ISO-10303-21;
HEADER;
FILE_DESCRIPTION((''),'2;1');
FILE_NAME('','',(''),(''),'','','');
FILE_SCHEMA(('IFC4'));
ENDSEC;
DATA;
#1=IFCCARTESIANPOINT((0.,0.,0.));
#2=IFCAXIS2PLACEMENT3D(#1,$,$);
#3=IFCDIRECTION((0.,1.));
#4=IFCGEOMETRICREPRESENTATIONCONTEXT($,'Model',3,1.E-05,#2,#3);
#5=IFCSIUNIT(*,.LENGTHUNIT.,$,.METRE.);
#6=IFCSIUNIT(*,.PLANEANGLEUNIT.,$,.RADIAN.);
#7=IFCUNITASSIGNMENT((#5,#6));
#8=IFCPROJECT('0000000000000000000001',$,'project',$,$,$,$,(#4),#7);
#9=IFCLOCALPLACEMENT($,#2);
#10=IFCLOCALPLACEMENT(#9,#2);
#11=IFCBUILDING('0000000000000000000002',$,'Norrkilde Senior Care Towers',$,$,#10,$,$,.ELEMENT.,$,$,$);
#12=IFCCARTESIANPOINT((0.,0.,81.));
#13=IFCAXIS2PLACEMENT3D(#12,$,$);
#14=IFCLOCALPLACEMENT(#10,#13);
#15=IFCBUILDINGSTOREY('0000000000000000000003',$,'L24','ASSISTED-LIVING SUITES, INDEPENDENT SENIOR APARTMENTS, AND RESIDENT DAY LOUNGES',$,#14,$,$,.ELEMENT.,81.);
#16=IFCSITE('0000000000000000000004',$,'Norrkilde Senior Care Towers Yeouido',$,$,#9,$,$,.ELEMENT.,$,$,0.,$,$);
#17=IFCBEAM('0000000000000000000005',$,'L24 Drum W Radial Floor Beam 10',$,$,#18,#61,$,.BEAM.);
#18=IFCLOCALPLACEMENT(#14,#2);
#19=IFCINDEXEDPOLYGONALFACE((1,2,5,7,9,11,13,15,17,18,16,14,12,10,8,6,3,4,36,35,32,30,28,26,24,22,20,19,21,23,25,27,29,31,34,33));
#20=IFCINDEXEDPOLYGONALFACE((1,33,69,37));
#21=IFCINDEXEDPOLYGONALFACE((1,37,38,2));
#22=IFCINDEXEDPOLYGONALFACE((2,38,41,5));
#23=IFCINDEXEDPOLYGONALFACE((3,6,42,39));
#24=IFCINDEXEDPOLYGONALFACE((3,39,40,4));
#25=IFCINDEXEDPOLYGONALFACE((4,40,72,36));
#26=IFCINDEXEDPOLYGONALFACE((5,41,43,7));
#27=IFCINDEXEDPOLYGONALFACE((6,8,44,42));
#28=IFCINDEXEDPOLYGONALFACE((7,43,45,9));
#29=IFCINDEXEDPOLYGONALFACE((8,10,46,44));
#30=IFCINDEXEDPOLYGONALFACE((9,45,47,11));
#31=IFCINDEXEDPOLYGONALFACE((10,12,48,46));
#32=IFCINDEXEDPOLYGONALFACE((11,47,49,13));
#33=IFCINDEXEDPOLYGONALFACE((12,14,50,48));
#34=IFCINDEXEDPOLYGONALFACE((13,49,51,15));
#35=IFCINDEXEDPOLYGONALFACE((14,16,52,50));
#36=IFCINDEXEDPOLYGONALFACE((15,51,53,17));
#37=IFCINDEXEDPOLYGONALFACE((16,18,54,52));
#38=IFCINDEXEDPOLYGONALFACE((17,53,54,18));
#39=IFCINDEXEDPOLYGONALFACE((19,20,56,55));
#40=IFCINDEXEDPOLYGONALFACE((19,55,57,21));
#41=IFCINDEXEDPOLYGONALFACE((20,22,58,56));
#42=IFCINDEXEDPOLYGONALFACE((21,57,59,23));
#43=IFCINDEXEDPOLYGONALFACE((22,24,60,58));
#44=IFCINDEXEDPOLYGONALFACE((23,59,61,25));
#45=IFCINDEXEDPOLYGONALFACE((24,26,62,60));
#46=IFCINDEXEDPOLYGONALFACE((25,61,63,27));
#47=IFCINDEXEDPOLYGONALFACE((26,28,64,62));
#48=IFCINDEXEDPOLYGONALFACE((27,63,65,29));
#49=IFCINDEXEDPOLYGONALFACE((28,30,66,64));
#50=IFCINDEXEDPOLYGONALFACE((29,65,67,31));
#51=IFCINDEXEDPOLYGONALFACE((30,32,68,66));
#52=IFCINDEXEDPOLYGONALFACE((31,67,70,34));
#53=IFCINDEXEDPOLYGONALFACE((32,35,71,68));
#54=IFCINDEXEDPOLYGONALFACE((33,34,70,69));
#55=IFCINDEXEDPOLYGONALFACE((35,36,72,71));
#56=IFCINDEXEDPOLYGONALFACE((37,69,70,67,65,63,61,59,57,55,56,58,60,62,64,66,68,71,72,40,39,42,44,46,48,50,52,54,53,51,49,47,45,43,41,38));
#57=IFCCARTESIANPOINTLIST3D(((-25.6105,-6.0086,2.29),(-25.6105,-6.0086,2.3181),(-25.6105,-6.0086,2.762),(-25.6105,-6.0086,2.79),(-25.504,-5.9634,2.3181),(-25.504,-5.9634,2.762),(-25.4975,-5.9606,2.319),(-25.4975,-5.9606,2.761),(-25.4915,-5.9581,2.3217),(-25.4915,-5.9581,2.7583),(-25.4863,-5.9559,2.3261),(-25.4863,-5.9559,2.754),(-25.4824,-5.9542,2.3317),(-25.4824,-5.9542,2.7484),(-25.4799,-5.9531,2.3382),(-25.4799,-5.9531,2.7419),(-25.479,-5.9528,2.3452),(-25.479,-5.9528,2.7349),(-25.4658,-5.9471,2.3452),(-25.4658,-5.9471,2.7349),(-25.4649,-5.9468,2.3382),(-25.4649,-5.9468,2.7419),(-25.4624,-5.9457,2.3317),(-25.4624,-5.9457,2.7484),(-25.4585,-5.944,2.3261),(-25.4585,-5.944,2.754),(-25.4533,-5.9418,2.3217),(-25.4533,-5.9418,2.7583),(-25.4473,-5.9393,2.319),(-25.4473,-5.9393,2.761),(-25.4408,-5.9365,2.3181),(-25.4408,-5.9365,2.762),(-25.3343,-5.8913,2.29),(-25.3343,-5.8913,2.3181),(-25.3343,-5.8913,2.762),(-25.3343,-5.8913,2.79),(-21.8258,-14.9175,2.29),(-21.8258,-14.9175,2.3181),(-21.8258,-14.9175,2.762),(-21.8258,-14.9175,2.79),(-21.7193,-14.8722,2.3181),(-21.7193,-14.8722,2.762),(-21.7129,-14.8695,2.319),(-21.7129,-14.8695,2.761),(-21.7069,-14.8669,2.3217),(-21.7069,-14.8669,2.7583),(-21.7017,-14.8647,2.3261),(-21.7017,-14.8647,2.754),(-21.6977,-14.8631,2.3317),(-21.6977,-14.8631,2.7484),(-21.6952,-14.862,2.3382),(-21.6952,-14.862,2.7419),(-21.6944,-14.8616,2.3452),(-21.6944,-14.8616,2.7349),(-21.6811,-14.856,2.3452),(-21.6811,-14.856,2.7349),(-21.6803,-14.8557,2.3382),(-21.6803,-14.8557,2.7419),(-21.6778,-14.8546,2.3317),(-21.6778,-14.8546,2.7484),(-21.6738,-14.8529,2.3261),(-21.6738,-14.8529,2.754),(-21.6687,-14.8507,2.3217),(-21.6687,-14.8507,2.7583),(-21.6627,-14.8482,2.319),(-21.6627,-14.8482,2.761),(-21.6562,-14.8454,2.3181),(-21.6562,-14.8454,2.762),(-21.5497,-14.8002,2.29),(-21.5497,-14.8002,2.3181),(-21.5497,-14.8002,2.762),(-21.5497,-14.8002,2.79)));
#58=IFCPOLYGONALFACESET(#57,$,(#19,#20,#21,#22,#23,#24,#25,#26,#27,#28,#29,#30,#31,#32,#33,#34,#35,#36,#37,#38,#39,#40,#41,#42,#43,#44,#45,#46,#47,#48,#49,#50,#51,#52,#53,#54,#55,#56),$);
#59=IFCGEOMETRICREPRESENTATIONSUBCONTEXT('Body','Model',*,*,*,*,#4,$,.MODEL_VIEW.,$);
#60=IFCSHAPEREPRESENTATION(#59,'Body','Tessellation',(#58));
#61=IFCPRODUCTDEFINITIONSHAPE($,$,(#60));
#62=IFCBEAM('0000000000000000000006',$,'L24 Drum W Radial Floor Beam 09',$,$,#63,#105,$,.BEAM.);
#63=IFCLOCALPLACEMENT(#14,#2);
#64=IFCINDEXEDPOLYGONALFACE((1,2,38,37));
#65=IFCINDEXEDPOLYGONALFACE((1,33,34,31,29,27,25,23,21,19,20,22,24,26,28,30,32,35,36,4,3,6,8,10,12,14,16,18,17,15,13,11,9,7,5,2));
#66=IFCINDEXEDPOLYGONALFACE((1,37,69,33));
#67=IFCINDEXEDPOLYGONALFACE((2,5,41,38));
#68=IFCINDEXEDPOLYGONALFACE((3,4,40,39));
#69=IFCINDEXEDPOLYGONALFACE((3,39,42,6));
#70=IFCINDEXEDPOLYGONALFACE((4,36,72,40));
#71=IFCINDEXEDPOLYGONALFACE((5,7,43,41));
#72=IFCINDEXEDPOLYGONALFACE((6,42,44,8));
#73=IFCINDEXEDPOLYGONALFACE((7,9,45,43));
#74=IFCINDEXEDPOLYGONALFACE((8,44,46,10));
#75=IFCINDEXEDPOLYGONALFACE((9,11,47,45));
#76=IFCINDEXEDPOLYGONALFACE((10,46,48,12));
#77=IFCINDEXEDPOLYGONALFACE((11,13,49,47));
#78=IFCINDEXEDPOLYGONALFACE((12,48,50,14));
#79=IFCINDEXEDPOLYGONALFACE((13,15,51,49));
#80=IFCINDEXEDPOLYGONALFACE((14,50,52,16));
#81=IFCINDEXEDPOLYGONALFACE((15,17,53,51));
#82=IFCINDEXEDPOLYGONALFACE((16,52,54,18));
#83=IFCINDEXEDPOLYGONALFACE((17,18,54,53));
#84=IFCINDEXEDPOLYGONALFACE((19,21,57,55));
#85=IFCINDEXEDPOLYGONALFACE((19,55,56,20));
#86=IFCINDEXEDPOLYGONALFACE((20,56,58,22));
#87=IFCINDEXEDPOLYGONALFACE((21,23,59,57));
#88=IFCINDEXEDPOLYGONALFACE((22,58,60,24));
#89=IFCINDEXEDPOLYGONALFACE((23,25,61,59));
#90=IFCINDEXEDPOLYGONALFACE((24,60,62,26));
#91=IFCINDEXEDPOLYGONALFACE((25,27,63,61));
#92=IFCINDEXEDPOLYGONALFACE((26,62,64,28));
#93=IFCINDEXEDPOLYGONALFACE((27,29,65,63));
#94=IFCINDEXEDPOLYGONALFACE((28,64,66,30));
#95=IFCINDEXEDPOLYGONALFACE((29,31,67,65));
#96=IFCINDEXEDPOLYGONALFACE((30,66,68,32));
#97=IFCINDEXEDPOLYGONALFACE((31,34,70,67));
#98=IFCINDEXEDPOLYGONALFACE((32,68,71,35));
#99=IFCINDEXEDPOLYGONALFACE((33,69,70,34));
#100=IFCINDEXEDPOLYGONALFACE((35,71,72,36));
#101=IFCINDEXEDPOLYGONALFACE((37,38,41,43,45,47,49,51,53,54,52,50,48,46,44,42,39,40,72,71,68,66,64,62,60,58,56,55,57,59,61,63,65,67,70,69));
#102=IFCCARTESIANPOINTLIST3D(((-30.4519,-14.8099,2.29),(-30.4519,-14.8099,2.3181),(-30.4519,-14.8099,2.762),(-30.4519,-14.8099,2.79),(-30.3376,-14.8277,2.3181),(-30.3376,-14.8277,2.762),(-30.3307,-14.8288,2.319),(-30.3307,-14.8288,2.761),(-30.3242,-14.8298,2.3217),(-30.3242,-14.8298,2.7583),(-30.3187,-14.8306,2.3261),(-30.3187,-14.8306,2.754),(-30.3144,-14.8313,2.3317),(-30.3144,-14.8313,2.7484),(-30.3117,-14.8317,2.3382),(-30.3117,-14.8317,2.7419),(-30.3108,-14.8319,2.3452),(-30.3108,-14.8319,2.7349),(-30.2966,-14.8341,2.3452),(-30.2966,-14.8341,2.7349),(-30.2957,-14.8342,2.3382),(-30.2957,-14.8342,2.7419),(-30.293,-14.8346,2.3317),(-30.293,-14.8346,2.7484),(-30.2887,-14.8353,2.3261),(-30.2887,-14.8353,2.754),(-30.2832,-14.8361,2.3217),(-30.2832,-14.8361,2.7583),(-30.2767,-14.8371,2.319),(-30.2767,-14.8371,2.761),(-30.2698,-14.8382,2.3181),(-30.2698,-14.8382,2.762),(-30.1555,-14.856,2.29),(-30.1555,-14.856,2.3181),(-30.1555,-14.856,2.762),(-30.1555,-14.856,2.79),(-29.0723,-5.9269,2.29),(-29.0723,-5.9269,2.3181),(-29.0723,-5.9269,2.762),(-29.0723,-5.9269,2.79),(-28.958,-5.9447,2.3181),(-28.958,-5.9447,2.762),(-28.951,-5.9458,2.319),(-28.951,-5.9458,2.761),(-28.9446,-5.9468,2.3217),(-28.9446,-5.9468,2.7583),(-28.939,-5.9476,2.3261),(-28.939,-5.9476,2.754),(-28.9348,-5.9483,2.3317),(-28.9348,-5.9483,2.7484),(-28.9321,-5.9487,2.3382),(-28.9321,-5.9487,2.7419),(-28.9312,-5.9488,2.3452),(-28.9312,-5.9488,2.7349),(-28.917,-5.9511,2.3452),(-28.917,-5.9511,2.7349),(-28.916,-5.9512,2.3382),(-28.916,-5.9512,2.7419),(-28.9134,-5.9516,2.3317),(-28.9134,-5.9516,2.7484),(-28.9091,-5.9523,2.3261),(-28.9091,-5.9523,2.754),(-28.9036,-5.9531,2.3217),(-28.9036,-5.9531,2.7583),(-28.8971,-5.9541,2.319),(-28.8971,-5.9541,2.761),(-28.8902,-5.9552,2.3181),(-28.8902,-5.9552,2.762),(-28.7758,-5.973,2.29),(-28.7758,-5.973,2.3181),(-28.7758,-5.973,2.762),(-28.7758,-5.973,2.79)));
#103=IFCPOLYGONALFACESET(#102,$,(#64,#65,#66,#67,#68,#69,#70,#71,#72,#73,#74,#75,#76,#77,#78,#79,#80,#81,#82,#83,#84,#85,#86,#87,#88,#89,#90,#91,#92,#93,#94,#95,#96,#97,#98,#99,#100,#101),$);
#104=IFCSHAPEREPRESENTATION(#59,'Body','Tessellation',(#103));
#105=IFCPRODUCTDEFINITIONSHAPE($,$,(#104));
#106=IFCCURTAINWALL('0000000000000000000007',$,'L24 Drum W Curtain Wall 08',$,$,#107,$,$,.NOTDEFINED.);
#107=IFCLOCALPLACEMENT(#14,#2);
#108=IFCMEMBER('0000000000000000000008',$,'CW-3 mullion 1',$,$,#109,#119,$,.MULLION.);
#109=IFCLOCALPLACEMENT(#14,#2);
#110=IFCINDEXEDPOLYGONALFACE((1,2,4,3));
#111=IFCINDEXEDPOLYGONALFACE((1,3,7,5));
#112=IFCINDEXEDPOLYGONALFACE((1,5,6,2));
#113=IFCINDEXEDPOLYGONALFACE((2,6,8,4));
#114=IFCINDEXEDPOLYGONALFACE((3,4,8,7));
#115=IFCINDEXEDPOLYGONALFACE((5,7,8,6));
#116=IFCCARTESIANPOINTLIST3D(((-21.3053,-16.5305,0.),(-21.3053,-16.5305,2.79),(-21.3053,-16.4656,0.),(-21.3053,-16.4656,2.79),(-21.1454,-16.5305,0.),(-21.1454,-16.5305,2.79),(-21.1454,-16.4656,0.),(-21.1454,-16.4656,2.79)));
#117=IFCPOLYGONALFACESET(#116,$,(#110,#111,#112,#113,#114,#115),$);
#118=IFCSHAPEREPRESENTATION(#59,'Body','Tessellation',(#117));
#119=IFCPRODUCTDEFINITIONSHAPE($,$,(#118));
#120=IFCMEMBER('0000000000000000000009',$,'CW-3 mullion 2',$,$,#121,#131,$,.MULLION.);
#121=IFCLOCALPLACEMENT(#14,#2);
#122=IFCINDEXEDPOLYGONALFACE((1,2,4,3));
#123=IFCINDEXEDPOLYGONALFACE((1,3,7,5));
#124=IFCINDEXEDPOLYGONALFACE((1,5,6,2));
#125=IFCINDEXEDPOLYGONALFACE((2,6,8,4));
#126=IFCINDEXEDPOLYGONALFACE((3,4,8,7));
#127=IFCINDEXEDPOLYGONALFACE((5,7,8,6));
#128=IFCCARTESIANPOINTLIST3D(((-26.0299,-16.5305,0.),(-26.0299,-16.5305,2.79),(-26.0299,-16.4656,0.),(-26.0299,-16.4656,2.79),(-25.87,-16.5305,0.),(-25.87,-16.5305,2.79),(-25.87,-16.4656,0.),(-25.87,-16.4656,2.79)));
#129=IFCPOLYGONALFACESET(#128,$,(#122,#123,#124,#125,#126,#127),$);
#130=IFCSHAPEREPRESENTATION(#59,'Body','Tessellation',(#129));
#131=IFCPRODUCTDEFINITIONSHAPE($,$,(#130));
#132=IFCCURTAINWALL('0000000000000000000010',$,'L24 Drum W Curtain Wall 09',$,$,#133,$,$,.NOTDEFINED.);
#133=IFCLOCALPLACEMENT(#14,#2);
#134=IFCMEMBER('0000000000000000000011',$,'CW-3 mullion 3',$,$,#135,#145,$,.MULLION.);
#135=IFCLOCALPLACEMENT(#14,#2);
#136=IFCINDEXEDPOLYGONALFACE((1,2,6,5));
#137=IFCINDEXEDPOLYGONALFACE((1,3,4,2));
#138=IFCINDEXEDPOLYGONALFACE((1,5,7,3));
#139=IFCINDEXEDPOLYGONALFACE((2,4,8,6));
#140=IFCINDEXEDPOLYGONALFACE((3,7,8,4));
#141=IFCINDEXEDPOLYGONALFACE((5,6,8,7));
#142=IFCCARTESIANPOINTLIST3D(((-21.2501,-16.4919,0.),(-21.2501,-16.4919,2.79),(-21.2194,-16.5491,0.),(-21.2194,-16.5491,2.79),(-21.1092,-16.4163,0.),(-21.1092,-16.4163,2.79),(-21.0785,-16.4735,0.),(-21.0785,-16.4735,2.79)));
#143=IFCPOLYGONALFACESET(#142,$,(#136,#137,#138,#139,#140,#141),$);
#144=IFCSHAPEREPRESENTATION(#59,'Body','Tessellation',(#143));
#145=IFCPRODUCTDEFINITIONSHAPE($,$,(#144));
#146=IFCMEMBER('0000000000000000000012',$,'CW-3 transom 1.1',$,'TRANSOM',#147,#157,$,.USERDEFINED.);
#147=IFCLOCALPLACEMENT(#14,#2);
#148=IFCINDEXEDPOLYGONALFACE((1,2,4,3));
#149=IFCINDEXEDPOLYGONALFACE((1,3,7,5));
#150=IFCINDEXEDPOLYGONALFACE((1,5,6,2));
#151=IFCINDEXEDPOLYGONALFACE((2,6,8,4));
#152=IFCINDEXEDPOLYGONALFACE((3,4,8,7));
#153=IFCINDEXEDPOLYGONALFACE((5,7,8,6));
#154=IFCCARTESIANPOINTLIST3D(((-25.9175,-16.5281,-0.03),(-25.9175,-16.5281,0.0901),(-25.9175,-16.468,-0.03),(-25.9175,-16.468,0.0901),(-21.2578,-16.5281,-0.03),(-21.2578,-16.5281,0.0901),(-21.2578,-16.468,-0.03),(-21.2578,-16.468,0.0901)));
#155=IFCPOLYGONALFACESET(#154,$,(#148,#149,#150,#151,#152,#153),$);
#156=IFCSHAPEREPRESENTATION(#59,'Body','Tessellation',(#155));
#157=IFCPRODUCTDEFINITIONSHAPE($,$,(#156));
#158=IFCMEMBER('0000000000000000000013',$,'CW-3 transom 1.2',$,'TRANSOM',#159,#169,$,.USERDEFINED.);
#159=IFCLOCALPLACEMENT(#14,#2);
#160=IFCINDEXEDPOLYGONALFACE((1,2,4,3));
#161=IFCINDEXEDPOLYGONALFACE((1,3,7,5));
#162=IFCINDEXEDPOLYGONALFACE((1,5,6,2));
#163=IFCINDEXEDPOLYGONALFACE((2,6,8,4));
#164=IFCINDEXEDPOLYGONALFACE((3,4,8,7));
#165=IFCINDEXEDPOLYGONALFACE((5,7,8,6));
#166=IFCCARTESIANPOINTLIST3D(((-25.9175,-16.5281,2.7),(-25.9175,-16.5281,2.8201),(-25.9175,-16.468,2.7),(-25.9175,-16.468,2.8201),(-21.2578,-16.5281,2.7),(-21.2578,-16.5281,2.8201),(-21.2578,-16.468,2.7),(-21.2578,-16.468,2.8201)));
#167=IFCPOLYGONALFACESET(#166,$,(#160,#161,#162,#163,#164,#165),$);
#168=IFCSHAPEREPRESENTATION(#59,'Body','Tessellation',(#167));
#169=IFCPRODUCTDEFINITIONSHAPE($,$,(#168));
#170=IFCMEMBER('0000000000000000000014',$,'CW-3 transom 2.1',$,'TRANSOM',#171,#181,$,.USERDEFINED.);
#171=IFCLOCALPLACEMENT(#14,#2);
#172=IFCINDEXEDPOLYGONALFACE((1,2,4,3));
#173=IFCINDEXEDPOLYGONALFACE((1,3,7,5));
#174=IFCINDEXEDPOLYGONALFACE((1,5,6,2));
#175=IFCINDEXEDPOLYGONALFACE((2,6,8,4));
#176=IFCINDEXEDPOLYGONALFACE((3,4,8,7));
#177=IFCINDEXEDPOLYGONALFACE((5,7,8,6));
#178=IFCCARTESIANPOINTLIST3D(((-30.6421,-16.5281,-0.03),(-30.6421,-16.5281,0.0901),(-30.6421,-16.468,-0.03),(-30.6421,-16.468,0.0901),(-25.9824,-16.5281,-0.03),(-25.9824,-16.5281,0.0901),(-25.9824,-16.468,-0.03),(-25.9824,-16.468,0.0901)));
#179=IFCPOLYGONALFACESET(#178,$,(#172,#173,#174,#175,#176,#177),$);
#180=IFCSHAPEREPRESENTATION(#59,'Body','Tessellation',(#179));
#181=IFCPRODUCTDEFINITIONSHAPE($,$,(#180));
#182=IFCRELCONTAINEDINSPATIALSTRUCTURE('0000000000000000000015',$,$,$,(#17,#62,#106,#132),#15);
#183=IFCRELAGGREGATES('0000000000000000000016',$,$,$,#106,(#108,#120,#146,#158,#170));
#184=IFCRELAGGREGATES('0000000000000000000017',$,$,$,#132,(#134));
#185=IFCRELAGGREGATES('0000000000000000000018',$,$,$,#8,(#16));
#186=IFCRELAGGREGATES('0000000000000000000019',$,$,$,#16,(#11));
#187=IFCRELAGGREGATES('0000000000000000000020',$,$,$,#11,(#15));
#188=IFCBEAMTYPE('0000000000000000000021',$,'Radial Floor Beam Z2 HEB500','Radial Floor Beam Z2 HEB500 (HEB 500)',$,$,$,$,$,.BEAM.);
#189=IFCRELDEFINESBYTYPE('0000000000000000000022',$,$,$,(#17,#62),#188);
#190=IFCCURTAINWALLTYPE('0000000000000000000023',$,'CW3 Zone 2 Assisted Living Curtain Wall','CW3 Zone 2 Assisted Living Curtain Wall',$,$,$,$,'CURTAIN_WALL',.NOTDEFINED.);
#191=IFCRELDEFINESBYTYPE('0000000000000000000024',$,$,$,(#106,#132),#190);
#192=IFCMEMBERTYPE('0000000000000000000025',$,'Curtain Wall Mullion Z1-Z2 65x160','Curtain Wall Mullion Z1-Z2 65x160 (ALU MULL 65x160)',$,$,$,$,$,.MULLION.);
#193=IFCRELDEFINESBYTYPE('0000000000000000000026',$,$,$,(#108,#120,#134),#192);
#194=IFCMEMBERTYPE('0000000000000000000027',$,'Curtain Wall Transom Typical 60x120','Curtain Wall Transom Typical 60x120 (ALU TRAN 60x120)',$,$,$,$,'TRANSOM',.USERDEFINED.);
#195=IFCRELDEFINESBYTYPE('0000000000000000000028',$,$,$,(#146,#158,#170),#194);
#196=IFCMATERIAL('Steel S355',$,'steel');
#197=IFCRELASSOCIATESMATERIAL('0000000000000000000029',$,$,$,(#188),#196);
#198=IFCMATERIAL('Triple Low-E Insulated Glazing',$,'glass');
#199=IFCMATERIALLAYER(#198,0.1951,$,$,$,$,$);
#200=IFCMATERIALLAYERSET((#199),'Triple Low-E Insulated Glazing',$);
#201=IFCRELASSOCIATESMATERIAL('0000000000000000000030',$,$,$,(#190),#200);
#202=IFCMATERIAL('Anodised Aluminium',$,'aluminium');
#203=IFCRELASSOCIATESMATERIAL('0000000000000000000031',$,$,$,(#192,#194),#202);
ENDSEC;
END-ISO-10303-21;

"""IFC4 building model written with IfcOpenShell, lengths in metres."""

from ifc_helpers import new_model, si_unit, direction, frame, origin, origin_2d, place, context, subcontext, project, spatial, rectangle, i_section, extrude, source, transform, mapped, material, layer, layer_set, material_profile, profile_set, type_object, type_shapes, element, aggregate, save


model = new_model("IFC4")

# Units and contexts
model_context = context("Model", 3, precision=1e-05, world=origin(), true_north=direction((0.0, 1.0)))
body_context = subcontext(model_context, "Body", "Model", "MODEL_VIEW")
ifc_project = project(units=[si_unit("LENGTHUNIT", "METRE"), si_unit("PLANEANGLEUNIT", "RADIAN")], contexts=[model_context])

# Site, building, storey
site_placement = place(None, origin())
site = spatial("IfcSite", under=ifc_project, at=site_placement, Name="Norrkilde Senior Care Towers Yeouido", CompositionType="ELEMENT", RefElevation=0.0)
building_placement = place(site_placement, origin())
building = spatial("IfcBuilding", under=site, at=building_placement, Name="Norrkilde Senior Care Towers", CompositionType="ELEMENT")
storey_placement = place(building_placement, frame((0.0, 0.0, 81.0)))
storey = spatial("IfcBuildingStorey", under=building, at=storey_placement, Name="L24", Description="ASSISTED-LIVING SUITES, INDEPENDENT SENIOR APARTMENTS, AND RESIDENT DAY LOUNGES", CompositionType="ELEMENT", Elevation=81.0)

# Beams
ifc_material_1 = material(Name="Steel S355", Category="steel")
ifc_material_profile_1 = material_profile(ifc_material_1, i_section(OverallWidth=0.3, OverallDepth=0.5, WebThickness=0.0144, FlangeThickness=0.0281, FilletRadius=0.0271, at=origin_2d()), Name="HEB 500")
ifc_profile_set_1 = profile_set([ifc_material_profile_1], Name="Steel S355")
beam_type_1 = type_object("IfcBeamType", Name="Radial Floor Beam Z2 HEB500", Description="Radial Floor Beam Z2 HEB500 (HEB 500)", PredefinedType="BEAM", material=ifc_profile_set_1)
shared_shape_1 = source(origin(), body_context, "Body", "SweptSolid", [
    extrude(i_section(OverallWidth=0.3, OverallDepth=0.5, WebThickness=0.0144, FlangeThickness=0.0281, FilletRadius=0.0271, at=origin_2d()), origin(), (0.0, 0.0, 1.0), 9.6794),
])
beam_1_placement = place(storey_placement, frame((-25.4724, -5.95, 2.54), z_axis=(0.390998, -0.920392, 0.0), x_axis=(0.920392, 0.390998, 0.0)))
element("IfcBeam", 1, at=beam_1_placement, inside=storey, type_object=beam_type_1, Name="L24 Drum W Radial Floor Beam 10", PredefinedType="BEAM", context=body_context, shape_type="MappedRepresentation", body=[
    mapped(shared_shape_1, transform((0.0, 0.0, 0.0), x_axis=(1.0, 0.0, 0.0), y_axis=(0.0, 1.0, 0.0), z_axis=(0.0, 0.0, 1.0), scale=1.0)),
])
shared_shape_2 = source(origin(), body_context, "Body", "SweptSolid", [
    extrude(i_section(OverallWidth=0.3, OverallDepth=0.5, WebThickness=0.0144, FlangeThickness=0.0281, FilletRadius=0.0271, at=origin_2d()), origin(), (0.0, 0.0, 1.0), 8.9895),
])
beam_2_placement = place(storey_placement, frame((-28.9241, -5.95, 2.54), z_axis=(-0.153471, -0.988153, 0.0), x_axis=(0.988153, -0.153471, 0.0)))
element("IfcBeam", 2, at=beam_2_placement, inside=storey, type_object=beam_type_1, Name="L24 Drum W Radial Floor Beam 09", PredefinedType="BEAM", context=body_context, shape_type="MappedRepresentation", body=[
    mapped(shared_shape_2, transform((0.0, 0.0, 0.0), x_axis=(1.0, 0.0, 0.0), y_axis=(0.0, 1.0, 0.0), z_axis=(0.0, 0.0, 1.0), scale=1.0)),
])

# Curtain wall, members
ifc_material_2 = material(Name="Triple Low-E Insulated Glazing", Category="glass")
ifc_layer_1 = layer(ifc_material_2, 0.1951)
ifc_layer_set_1 = layer_set([ifc_layer_1], Name="Triple Low-E Insulated Glazing")
curtain_wall_type = type_object("IfcCurtainWallType", Name="CW3 Zone 2 Assisted Living Curtain Wall", Description="CW3 Zone 2 Assisted Living Curtain Wall", ElementType="CURTAIN_WALL", PredefinedType="NOTDEFINED", material=ifc_layer_set_1)
curtain_wall_1_placement = place(storey_placement, origin())
curtain_wall_1 = element("IfcCurtainWall", 3, at=curtain_wall_1_placement, inside=storey, type_object=curtain_wall_type, Name="L24 Drum W Curtain Wall 08", PredefinedType="NOTDEFINED")
ifc_material_3 = material(Name="Anodised Aluminium", Category="aluminium")
ifc_material_profile_2 = material_profile(ifc_material_3, rectangle(XDim=0.0649, YDim=0.1599, at=origin_2d()), Name="ALU MULL 65x160")
ifc_profile_set_2 = profile_set([ifc_material_profile_2], Name="Anodised Aluminium")
member_type_1 = type_object("IfcMemberType", Name="Curtain Wall Mullion Z1-Z2 65x160", Description="Curtain Wall Mullion Z1-Z2 65x160 (ALU MULL 65x160)", PredefinedType="MULLION", material=ifc_profile_set_2)
shared_shape_3 = source(origin(), body_context, "Body", "SweptSolid", [
    extrude(rectangle(XDim=0.0649, YDim=0.1599, at=origin_2d()), origin(), (0.0, 0.0, 1.0), 2.79),
])
type_shapes(member_type_1, [shared_shape_3])
member_1_placement = place(storey_placement, frame((-21.2253, -16.498, 0.0), z_axis=(0.0, 0.0, 1.0), x_axis=(0.0, -1.0, 0.0)))
member_1 = element("IfcMember", 4, at=member_1_placement, type_object=member_type_1, Name="CW-3 mullion 1", PredefinedType="MULLION", context=body_context, shape_type="MappedRepresentation", body=[
    mapped(shared_shape_3, transform((0.0, 0.0, 0.0), x_axis=(1.0, 0.0, 0.0), y_axis=(0.0, 1.0, 0.0), z_axis=(0.0, 0.0, 1.0), scale=1.0)),
])
member_2_placement = place(storey_placement, frame((-25.95, -16.498, 0.0), z_axis=(0.0, 0.0, 1.0), x_axis=(0.0, -1.0, 0.0)))
member_2 = element("IfcMember", 5, at=member_2_placement, type_object=member_type_1, Name="CW-3 mullion 2", PredefinedType="MULLION", context=body_context, shape_type="MappedRepresentation", body=[
    mapped(shared_shape_3, transform((0.0, 0.0, 0.0), x_axis=(1.0, 0.0, 0.0), y_axis=(0.0, 1.0, 0.0), z_axis=(0.0, 0.0, 1.0), scale=1.0)),
])

# Curtain wall, member
curtain_wall_2_placement = place(storey_placement, origin())
curtain_wall_2 = element("IfcCurtainWall", 6, at=curtain_wall_2_placement, inside=storey, type_object=curtain_wall_type, Name="L24 Drum W Curtain Wall 09", PredefinedType="NOTDEFINED")
member_3_placement = place(storey_placement, frame((-21.1643, -16.4827, 0.0), z_axis=(0.0, 0.0, 1.0), x_axis=(0.472769, -0.881186, 0.0)))
member_3 = element("IfcMember", 7, at=member_3_placement, type_object=member_type_1, Name="CW-3 mullion 3", PredefinedType="MULLION", context=body_context, shape_type="MappedRepresentation", body=[
    mapped(shared_shape_3, transform((0.0, 0.0, 0.0), x_axis=(1.0, 0.0, 0.0), y_axis=(0.0, 1.0, 0.0), z_axis=(0.0, 0.0, 1.0), scale=1.0)),
])

# Members
ifc_material_profile_3 = material_profile(ifc_material_3, rectangle(XDim=0.0601, YDim=0.1201, at=origin_2d()), Name="ALU TRAN 60x120")
ifc_profile_set_3 = profile_set([ifc_material_profile_3], Name="Anodised Aluminium")
member_type_2 = type_object("IfcMemberType", Name="Curtain Wall Transom Typical 60x120", Description="Curtain Wall Transom Typical 60x120 (ALU TRAN 60x120)", ElementType="TRANSOM", PredefinedType="USERDEFINED", material=ifc_profile_set_3)
shared_shape_4 = source(origin(), body_context, "Body", "SweptSolid", [
    extrude(rectangle(XDim=0.0601, YDim=0.1201, at=origin_2d()), origin(), (0.0, 0.0, 1.0), 4.6597),
])
type_shapes(member_type_2, [shared_shape_4])
member_4_placement = place(storey_placement, frame((-21.2578, -16.498, 0.03), z_axis=(-1.0, 0.0, 0.0), x_axis=(0.0, -1.0, 0.0)))
member_4 = element("IfcMember", 8, at=member_4_placement, type_object=member_type_2, Name="CW-3 transom 1.1", ObjectType="TRANSOM", PredefinedType="USERDEFINED", context=body_context, shape_type="MappedRepresentation", body=[
    mapped(shared_shape_4, transform((0.0, 0.0, 0.0), x_axis=(1.0, 0.0, 0.0), y_axis=(0.0, 1.0, 0.0), z_axis=(0.0, 0.0, 1.0), scale=1.0)),
])
member_5_placement = place(storey_placement, frame((-21.2578, -16.498, 2.76), z_axis=(-1.0, 0.0, 0.0), x_axis=(0.0, -1.0, 0.0)))
member_5 = element("IfcMember", 9, at=member_5_placement, type_object=member_type_2, Name="CW-3 transom 1.2", ObjectType="TRANSOM", PredefinedType="USERDEFINED", context=body_context, shape_type="MappedRepresentation", body=[
    mapped(shared_shape_4, transform((0.0, 0.0, 0.0), x_axis=(1.0, 0.0, 0.0), y_axis=(0.0, 1.0, 0.0), z_axis=(0.0, 0.0, 1.0), scale=1.0)),
])
member_6_placement = place(storey_placement, frame((-25.9824, -16.498, 0.03), z_axis=(-1.0, 0.0, 0.0), x_axis=(0.0, -1.0, 0.0)))
member_6 = element("IfcMember", 10, at=member_6_placement, type_object=member_type_2, Name="CW-3 transom 2.1", ObjectType="TRANSOM", PredefinedType="USERDEFINED", context=body_context, shape_type="MappedRepresentation", body=[
    mapped(shared_shape_4, transform((0.0, 0.0, 0.0), x_axis=(1.0, 0.0, 0.0), y_axis=(0.0, 1.0, 0.0), z_axis=(0.0, 0.0, 1.0), scale=1.0)),
])

aggregate(curtain_wall_1, [member_1, member_2, member_4, member_5, member_6])
aggregate(curtain_wall_2, [member_3])

save(model, "model.ifc")
